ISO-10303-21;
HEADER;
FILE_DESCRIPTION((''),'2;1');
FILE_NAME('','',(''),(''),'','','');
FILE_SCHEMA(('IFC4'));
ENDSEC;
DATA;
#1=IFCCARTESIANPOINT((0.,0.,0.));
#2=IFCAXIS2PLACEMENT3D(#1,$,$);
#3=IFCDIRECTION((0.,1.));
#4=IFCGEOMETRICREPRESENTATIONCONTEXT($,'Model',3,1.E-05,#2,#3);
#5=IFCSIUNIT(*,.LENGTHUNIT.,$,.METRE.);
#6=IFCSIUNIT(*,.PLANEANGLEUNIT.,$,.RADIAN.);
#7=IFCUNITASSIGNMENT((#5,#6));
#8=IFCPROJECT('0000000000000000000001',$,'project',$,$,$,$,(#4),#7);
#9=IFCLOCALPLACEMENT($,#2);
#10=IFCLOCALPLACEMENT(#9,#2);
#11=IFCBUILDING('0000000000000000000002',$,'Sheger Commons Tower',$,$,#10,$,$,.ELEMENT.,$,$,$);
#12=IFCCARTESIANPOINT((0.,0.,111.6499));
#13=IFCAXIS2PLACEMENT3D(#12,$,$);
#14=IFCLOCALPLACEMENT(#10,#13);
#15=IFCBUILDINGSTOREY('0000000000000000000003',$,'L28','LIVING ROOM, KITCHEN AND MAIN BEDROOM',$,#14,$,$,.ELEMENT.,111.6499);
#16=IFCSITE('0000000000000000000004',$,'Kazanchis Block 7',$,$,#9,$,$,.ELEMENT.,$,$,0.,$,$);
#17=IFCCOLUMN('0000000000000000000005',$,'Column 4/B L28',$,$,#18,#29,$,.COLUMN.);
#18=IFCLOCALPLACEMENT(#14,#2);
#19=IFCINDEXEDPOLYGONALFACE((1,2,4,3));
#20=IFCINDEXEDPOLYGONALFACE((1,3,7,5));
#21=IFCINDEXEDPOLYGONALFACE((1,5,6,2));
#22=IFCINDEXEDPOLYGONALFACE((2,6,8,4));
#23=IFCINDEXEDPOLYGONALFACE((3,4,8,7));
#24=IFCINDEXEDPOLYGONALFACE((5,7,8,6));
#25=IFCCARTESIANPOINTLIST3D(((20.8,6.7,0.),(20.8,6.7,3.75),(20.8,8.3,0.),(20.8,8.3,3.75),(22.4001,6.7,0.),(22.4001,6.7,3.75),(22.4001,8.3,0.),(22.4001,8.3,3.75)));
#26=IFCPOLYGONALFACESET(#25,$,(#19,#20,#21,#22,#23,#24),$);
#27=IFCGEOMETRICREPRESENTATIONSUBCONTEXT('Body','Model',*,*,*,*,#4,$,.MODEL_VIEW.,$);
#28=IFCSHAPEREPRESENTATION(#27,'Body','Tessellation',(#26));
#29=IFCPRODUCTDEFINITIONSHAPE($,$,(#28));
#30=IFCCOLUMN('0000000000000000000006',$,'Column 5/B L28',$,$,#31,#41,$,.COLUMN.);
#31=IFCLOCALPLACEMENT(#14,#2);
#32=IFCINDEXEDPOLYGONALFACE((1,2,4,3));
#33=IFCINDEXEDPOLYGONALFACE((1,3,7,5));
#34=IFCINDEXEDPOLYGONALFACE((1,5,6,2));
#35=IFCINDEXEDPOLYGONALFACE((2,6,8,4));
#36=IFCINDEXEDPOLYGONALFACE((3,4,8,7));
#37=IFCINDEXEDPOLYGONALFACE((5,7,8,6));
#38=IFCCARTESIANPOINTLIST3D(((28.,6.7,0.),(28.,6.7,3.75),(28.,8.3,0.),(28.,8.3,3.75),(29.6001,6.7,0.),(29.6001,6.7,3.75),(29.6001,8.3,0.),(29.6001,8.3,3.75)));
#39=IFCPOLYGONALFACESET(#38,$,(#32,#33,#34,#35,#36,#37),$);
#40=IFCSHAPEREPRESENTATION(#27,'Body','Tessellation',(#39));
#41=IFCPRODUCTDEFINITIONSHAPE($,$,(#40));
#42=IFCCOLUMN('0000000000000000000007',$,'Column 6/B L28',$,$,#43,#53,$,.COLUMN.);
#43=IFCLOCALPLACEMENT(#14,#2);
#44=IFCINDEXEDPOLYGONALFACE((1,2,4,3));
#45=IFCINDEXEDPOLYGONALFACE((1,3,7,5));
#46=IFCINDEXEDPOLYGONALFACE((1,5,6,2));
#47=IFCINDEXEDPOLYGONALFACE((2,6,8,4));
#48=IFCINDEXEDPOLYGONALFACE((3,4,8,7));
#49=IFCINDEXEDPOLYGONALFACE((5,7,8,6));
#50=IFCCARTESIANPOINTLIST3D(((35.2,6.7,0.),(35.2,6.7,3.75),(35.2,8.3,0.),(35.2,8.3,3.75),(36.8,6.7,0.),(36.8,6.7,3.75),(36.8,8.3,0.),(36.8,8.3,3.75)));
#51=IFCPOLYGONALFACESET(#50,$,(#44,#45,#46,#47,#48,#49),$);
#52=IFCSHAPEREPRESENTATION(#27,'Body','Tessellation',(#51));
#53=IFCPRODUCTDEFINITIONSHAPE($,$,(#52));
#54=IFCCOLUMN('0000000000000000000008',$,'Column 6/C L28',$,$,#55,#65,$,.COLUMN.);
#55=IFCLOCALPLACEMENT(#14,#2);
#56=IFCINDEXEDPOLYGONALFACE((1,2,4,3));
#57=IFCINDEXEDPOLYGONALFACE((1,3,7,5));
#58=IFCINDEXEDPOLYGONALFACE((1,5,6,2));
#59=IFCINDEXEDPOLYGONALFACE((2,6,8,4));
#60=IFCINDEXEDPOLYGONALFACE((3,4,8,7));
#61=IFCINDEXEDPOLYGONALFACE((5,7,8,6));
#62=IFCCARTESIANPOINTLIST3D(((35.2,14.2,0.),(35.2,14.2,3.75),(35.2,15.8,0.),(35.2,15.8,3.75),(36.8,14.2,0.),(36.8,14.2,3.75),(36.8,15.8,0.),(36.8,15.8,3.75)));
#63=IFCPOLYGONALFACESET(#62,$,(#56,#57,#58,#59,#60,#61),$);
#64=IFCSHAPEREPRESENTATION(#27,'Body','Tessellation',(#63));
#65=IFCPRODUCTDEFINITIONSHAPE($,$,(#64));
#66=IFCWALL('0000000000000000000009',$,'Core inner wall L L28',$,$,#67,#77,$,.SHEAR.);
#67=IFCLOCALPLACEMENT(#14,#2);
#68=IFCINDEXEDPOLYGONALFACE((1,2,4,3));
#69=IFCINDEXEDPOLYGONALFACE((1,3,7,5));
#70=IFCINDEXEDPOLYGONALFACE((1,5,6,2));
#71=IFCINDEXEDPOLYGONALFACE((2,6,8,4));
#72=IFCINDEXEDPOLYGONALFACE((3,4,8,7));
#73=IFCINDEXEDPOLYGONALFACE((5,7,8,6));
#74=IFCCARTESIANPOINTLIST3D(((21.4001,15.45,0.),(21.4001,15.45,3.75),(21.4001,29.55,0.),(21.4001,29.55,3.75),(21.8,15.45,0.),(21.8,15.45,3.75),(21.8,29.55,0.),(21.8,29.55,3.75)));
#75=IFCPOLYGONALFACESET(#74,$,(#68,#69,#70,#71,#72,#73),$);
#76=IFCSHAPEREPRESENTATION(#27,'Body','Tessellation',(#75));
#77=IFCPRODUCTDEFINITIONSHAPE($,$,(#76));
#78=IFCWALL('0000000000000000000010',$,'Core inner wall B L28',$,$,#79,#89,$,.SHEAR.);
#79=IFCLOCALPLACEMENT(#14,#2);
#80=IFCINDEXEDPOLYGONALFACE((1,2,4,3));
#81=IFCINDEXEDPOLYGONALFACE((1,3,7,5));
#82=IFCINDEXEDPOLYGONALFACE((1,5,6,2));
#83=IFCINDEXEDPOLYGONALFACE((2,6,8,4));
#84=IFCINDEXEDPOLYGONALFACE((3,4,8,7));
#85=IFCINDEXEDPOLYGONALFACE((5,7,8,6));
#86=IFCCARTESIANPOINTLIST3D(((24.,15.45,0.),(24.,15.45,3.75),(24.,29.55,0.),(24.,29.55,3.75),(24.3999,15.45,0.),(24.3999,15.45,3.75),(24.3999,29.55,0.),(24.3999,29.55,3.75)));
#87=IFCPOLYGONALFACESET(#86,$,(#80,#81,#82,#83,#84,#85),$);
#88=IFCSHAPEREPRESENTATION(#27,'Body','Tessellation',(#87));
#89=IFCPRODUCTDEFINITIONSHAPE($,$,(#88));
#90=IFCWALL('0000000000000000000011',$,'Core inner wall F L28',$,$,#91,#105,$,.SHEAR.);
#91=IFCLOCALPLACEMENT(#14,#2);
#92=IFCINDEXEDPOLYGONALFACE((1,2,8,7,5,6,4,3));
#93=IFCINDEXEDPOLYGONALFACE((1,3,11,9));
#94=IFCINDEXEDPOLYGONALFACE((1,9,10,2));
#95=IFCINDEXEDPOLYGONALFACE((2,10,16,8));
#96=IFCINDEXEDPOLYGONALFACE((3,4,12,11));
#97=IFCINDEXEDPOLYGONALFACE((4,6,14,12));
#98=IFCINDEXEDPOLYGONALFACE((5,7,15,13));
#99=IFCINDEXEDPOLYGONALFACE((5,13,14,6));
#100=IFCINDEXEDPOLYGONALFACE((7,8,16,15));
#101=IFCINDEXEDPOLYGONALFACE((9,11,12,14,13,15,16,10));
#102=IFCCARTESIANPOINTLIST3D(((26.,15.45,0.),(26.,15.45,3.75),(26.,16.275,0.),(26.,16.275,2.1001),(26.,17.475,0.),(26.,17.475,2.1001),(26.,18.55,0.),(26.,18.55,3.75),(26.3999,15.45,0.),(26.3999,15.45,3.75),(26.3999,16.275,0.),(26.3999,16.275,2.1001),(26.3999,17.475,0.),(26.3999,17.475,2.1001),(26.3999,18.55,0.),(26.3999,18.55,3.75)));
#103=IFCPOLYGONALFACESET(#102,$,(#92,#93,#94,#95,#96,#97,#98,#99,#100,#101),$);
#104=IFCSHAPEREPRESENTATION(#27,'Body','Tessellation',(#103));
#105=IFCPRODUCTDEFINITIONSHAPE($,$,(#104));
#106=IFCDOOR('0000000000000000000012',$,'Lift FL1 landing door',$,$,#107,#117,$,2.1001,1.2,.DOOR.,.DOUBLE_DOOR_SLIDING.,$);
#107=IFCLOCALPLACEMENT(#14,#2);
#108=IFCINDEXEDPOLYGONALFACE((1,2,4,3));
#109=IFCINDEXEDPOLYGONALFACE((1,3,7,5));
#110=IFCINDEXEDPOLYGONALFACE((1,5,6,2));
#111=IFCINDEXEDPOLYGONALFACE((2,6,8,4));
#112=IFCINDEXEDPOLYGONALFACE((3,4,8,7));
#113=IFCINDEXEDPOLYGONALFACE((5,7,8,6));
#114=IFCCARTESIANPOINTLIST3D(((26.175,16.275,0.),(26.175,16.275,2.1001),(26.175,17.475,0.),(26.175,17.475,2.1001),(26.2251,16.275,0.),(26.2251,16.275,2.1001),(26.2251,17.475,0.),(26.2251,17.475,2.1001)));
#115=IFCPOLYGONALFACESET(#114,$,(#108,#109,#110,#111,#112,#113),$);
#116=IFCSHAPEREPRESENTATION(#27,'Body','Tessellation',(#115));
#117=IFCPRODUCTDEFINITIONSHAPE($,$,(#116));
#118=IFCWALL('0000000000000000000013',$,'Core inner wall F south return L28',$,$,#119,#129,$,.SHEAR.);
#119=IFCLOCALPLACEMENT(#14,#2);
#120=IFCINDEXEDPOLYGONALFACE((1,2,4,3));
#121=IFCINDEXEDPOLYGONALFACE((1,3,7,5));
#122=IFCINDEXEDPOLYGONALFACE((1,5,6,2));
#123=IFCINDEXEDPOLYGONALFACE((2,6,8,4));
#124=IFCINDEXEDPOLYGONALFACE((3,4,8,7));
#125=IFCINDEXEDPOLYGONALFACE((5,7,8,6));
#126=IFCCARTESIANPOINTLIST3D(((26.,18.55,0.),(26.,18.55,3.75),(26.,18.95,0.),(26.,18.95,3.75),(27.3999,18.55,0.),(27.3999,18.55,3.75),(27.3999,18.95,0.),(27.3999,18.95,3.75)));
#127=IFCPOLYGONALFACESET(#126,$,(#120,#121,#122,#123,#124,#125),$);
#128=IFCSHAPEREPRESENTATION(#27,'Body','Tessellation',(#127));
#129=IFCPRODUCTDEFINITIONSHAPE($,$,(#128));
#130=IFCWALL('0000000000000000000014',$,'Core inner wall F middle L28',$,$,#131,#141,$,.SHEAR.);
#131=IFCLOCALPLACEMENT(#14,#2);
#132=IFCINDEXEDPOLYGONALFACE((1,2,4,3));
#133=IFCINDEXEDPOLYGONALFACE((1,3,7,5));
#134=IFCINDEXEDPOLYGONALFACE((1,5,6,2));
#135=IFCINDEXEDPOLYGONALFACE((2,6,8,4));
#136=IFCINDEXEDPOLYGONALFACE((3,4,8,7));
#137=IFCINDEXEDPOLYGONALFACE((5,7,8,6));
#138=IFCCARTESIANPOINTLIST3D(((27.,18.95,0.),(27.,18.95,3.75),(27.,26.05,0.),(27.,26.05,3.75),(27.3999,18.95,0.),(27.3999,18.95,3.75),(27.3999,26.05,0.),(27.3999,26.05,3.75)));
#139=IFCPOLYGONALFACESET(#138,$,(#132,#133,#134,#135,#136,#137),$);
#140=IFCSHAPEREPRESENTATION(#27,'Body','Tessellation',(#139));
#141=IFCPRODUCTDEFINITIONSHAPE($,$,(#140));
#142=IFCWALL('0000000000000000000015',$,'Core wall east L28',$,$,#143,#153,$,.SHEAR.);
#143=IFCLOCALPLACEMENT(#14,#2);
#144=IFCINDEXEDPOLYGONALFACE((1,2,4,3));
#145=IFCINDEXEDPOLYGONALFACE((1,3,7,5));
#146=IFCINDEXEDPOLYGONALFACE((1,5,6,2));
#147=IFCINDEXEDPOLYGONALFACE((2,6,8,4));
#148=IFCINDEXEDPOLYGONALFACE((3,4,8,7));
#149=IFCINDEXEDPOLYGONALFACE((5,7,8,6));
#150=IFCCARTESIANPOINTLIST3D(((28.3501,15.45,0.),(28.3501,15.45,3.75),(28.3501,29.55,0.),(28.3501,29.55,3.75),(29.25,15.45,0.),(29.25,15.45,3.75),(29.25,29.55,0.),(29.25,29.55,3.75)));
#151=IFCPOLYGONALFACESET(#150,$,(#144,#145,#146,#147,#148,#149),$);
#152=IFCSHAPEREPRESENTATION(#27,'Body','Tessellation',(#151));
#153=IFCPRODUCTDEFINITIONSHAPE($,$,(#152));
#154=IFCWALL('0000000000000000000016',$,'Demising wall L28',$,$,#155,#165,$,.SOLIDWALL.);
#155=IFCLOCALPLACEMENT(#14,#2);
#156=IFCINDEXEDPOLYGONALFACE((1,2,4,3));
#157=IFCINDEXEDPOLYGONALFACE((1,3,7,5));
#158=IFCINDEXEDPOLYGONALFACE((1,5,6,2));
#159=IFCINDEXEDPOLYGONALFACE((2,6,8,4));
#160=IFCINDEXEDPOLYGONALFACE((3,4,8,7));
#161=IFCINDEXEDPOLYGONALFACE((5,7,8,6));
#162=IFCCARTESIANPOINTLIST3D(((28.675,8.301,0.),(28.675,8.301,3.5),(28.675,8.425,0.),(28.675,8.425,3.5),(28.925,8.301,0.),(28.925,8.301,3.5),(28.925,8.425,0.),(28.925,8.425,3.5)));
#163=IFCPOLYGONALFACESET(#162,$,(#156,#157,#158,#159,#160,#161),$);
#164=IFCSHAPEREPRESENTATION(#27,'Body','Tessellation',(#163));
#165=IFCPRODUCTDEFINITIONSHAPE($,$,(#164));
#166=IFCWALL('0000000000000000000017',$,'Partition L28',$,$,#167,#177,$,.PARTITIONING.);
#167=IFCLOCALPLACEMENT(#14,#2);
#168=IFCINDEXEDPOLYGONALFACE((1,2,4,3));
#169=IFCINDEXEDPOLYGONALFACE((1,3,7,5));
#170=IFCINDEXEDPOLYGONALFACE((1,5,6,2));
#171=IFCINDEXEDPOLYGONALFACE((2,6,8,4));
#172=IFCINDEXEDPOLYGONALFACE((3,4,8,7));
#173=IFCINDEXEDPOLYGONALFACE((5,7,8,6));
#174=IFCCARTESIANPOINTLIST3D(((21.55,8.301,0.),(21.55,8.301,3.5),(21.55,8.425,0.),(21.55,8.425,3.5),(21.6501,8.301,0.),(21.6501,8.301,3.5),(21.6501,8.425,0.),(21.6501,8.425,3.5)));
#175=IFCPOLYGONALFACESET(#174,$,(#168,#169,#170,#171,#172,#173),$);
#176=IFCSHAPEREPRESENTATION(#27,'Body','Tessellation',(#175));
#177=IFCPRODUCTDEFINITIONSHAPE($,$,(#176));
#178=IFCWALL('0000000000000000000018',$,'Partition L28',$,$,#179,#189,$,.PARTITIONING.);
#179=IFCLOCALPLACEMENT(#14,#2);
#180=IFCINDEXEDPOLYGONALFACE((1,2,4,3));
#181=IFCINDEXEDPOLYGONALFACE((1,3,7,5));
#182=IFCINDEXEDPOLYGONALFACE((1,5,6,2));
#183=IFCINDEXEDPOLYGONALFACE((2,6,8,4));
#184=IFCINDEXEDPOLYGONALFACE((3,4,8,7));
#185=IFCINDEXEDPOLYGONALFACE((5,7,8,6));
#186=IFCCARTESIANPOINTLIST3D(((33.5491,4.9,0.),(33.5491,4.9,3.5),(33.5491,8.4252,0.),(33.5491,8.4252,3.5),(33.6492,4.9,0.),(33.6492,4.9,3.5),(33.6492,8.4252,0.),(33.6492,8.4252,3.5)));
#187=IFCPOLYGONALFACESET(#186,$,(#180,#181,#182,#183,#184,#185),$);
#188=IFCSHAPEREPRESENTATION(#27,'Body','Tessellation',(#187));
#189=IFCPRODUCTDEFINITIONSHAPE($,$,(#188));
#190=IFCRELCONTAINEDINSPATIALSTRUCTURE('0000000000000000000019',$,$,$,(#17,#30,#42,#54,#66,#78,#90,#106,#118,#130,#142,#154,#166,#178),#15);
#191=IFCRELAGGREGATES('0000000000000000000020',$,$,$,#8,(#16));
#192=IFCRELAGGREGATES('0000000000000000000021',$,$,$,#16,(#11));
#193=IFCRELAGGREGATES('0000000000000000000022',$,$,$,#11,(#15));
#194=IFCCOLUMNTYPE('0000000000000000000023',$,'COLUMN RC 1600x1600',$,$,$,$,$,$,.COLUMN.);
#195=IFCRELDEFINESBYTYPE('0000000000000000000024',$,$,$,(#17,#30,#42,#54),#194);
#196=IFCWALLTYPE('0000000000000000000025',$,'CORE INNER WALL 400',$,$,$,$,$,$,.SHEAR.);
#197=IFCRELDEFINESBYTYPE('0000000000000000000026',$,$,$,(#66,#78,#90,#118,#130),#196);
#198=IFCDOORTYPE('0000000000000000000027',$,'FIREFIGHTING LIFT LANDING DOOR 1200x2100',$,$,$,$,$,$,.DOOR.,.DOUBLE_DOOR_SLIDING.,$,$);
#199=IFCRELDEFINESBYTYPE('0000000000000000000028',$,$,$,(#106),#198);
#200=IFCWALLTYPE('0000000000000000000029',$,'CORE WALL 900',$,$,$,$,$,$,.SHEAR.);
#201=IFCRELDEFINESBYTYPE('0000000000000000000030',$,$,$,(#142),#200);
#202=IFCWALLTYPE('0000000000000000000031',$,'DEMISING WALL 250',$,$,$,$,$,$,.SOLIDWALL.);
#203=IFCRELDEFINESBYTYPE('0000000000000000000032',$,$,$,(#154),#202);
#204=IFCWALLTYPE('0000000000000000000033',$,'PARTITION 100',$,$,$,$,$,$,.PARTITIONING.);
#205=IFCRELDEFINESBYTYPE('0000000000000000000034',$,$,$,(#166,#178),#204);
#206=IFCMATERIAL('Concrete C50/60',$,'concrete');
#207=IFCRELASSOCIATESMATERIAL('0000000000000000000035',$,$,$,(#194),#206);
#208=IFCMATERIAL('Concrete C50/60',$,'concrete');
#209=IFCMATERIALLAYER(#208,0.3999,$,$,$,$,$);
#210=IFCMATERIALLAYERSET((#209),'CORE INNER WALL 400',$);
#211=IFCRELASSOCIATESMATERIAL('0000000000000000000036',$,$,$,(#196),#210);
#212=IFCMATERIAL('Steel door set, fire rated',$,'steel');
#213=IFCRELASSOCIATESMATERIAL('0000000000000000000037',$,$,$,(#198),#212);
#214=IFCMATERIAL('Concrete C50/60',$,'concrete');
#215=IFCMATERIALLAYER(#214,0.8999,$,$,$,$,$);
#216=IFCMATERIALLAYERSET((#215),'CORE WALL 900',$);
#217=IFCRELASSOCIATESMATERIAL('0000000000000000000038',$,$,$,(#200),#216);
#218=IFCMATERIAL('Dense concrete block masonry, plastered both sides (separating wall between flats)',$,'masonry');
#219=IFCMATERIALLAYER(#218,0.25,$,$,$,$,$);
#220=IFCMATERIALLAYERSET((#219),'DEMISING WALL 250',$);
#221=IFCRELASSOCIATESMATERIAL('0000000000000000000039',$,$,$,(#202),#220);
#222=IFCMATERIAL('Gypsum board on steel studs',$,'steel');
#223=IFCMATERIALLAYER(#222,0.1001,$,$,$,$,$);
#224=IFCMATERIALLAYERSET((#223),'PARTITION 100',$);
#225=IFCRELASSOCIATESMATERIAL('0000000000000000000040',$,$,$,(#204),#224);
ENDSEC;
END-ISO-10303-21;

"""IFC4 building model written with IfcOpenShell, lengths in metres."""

from ifc_helpers import new_model, si_unit, direction, frame, frame_2d, origin, origin_2d, place, context, subcontext, project, spatial, rectangle, extrude, material, layer, layer_set, material_profile, profile_set, type_object, element, fill, save


model = new_model("IFC4")

# Units and contexts
model_context = context("Model", 3, precision=1e-05, world=origin(), true_north=direction((0.0, 1.0)))
body_context = subcontext(model_context, "Body", "Model", "MODEL_VIEW")
ifc_project = project(units=[si_unit("LENGTHUNIT", "METRE"), si_unit("PLANEANGLEUNIT", "RADIAN")], contexts=[model_context])

# Site, building, storey
site_placement = place(None, origin())
site = spatial("IfcSite", under=ifc_project, at=site_placement, Name="Kazanchis Block 7", CompositionType="ELEMENT", RefElevation=0.0)
building_placement = place(site_placement, origin())
building = spatial("IfcBuilding", under=site, at=building_placement, Name="Sheger Commons Tower", CompositionType="ELEMENT")
storey_placement = place(building_placement, frame((0.0, 0.0, 111.6499)))
storey = spatial("IfcBuildingStorey", under=building, at=storey_placement, Name="L28", Description="LIVING ROOM, KITCHEN AND MAIN BEDROOM", CompositionType="ELEMENT", Elevation=111.6499)

# Columns
ifc_material_1 = material(Name="Concrete C50/60", Category="concrete")
ifc_material_profile = material_profile(ifc_material_1, rectangle(XDim=1.6001, YDim=1.6001, at=origin_2d()), Name="RC 1600x1600")
ifc_profile_set = profile_set([ifc_material_profile], Name="Concrete C50/60")
column_type = type_object("IfcColumnType", Name="COLUMN RC 1600x1600", PredefinedType="COLUMN", material=ifc_profile_set)
for number, where, z_axis, x_axis, name in (
    (1, (21.6001, 7.5, 0.0), (0.0, 0.0, 1.0), (1.0, 0.0, 0.0), "Column 4/B L28"),
    (2, (28.8, 7.5, 0.0), (0.0, 0.0, 1.0), (1.0, 0.0, 0.0), "Column 5/B L28"),
    (3, (36.0, 7.5, 0.0), (0.0, 0.0, 1.0), (1.0, 0.0, 0.0), "Column 6/B L28"),
    (4, (36.0, 15.0, 0.0), (0.0, 0.0, 1.0), (1.0, 0.0, 0.0), "Column 6/C L28"),
):
    element("IfcColumn", number, at=place(storey_placement, frame(where, z_axis=z_axis, x_axis=x_axis)), inside=storey, type_object=column_type, Name=name, PredefinedType="COLUMN", context=body_context, shape_type="SweptSolid", body=[
        extrude(rectangle(XDim=1.6001, YDim=1.6001, at=origin_2d()), origin(), (0.0, 0.0, 1.0), 3.75),
    ])

# Walls
ifc_material_2 = material(Name="Concrete C50/60", Category="concrete")
ifc_layer_1 = layer(ifc_material_2, 0.3999)
ifc_layer_set_1 = layer_set([ifc_layer_1], Name="CORE INNER WALL 400")
wall_type_1 = type_object("IfcWallType", Name="CORE INNER WALL 400", PredefinedType="SHEAR", material=ifc_layer_set_1)
for number, where, z_axis, x_axis, name in (
    (5, (21.6001, 15.45, 0.0), (0.0, 0.0, 1.0), (0.0, 1.0, 0.0), "Core inner wall L L28"),
    (6, (24.2, 15.45, 0.0), (0.0, 0.0, 1.0), (0.0, 1.0, 0.0), "Core inner wall B L28"),
):
    element("IfcWall", number, at=place(storey_placement, frame(where, z_axis=z_axis, x_axis=x_axis)), inside=storey, type_object=wall_type_1, Name=name, PredefinedType="SHEAR", context=body_context, shape_type="SweptSolid", body=[
        extrude(rectangle(XDim=14.1001, YDim=0.3999, at=frame_2d((7.05, 0.0))), origin(), (0.0, 0.0, 1.0), 3.75),
    ])

# Wall, opening, door
wall_1_placement = place(storey_placement, frame((26.2, 15.45, 0.0), z_axis=(0.0, 0.0, 1.0), x_axis=(0.0, 1.0, 0.0)))
wall_1 = element("IfcWall", 7, at=wall_1_placement, inside=storey, type_object=wall_type_1, Name="Core inner wall F L28", PredefinedType="SHEAR", context=body_context, shape_type="SweptSolid", body=[
    extrude(rectangle(XDim=3.1001, YDim=0.3999, at=frame_2d((1.55, 0.0))), origin(), (0.0, 0.0, 1.0), 3.75),
])
opening_1_placement = place(wall_1_placement, frame((0.825, 0.0, 0.0)))
opening_1 = element("IfcOpeningElement", 8, at=opening_1_placement, cuts=wall_1, PredefinedType="OPENING", context=body_context, shape_type="SweptSolid", body=[
    extrude(rectangle(XDim=1.2, YDim=2.1001, at=frame_2d((0.6001, 1.05))), frame((0.0, 0.21, 0.0), z_axis=(0.0, -1.0, 0.0), x_axis=(1.0, 0.0, 0.0)), (0.0, 0.0, 1.0), 0.4199),
])
ifc_material_3 = material(Name="Steel door set, fire rated", Category="steel")
door_type_1 = type_object("IfcDoorType", Name="FIREFIGHTING LIFT LANDING DOOR 1200x2100", OperationType="DOUBLE_DOOR_SLIDING", PredefinedType="DOOR", material=ifc_material_3)
door_1_placement = place(opening_1_placement, origin())
door_1 = element("IfcDoor", 9, at=door_1_placement, inside=storey, type_object=door_type_1, Name="Lift FL1 landing door", OperationType="DOUBLE_DOOR_SLIDING", OverallHeight=2.1001, OverallWidth=1.2, PredefinedType="DOOR", context=body_context, shape_type="SweptSolid", body=[
    extrude(rectangle(XDim=1.2, YDim=2.1001, at=frame_2d((0.6001, 1.05))), frame((0.0, 0.0249, 0.0), z_axis=(0.0, -1.0, 0.0), x_axis=(1.0, 0.0, 0.0)), (0.0, 0.0, 1.0), 0.05),
])
fill(opening_1, door_1)

# Walls
wall_2_placement = place(storey_placement, frame((26.0, 18.75, 0.0), z_axis=(0.0, 0.0, 1.0), x_axis=(1.0, 0.0, 0.0)))
element("IfcWall", 10, at=wall_2_placement, inside=storey, type_object=wall_type_1, Name="Core inner wall F south return L28", PredefinedType="SHEAR", context=body_context, shape_type="SweptSolid", body=[
    extrude(rectangle(XDim=1.3999, YDim=0.3999, at=frame_2d((0.7, 0.0))), origin(), (0.0, 0.0, 1.0), 3.75),
])
wall_3_placement = place(storey_placement, frame((27.2, 18.95, 0.0), z_axis=(0.0, 0.0, 1.0), x_axis=(0.0, 1.0, 0.0)))
element("IfcWall", 11, at=wall_3_placement, inside=storey, type_object=wall_type_1, Name="Core inner wall F middle L28", PredefinedType="SHEAR", context=body_context, shape_type="SweptSolid", body=[
    extrude(rectangle(XDim=7.1001, YDim=0.3999, at=frame_2d((3.55, 0.0))), origin(), (0.0, 0.0, 1.0), 3.75),
])
ifc_material_4 = material(Name="Concrete C50/60", Category="concrete")
ifc_layer_2 = layer(ifc_material_4, 0.8999)
ifc_layer_set_2 = layer_set([ifc_layer_2], Name="CORE WALL 900")
wall_type_2 = type_object("IfcWallType", Name="CORE WALL 900", PredefinedType="SHEAR", material=ifc_layer_set_2)
wall_4_placement = place(storey_placement, frame((28.8, 15.45, 0.0), z_axis=(0.0, 0.0, 1.0), x_axis=(0.0, 1.0, 0.0)))
element("IfcWall", 12, at=wall_4_placement, inside=storey, type_object=wall_type_2, Name="Core wall east L28", PredefinedType="SHEAR", context=body_context, shape_type="SweptSolid", body=[
    extrude(rectangle(XDim=14.1001, YDim=0.8999, at=frame_2d((7.05, 0.0))), origin(), (0.0, 0.0, 1.0), 3.75),
])
ifc_material_5 = material(Name="Dense concrete block masonry, plastered both sides (separating wall between flats)", Category="masonry")
ifc_layer_3 = layer(ifc_material_5, 0.25)
ifc_layer_set_3 = layer_set([ifc_layer_3], Name="DEMISING WALL 250")
wall_type_3 = type_object("IfcWallType", Name="DEMISING WALL 250", PredefinedType="SOLIDWALL", material=ifc_layer_set_3)
wall_5_placement = place(storey_placement, frame((28.8, 8.301, 0.0), z_axis=(0.0, 0.0, 1.0), x_axis=(0.0, 1.0, 0.0)))
element("IfcWall", 13, at=wall_5_placement, inside=storey, type_object=wall_type_3, Name="Demising wall L28", PredefinedType="SOLIDWALL", context=body_context, shape_type="SweptSolid", body=[
    extrude(rectangle(XDim=0.124, YDim=0.25, at=frame_2d((0.062, 0.0))), origin(), (0.0, 0.0, 1.0), 3.5),
])
ifc_material_6 = material(Name="Gypsum board on steel studs", Category="steel")
ifc_layer_4 = layer(ifc_material_6, 0.1001)
ifc_layer_set_4 = layer_set([ifc_layer_4], Name="PARTITION 100")
wall_type_4 = type_object("IfcWallType", Name="PARTITION 100", PredefinedType="PARTITIONING", material=ifc_layer_set_4)
wall_6_placement = place(storey_placement, frame((21.6001, 8.301, 0.0), z_axis=(0.0, 0.0, 1.0), x_axis=(0.0, 1.0, 0.0)))
element("IfcWall", 14, at=wall_6_placement, inside=storey, type_object=wall_type_4, Name="Partition L28", PredefinedType="PARTITIONING", context=body_context, shape_type="SweptSolid", body=[
    extrude(rectangle(XDim=0.124, YDim=0.1001, at=frame_2d((0.062, 0.0))), origin(), (0.0, 0.0, 1.0), 3.5),
])
wall_7_placement = place(storey_placement, frame((33.5991, 4.8999, 0.0), z_axis=(0.0, 0.0, 1.0), x_axis=(0.0, 1.0, 0.0)))
element("IfcWall", 15, at=wall_7_placement, inside=storey, type_object=wall_type_4, Name="Partition L28", PredefinedType="PARTITIONING", context=body_context, shape_type="SweptSolid", body=[
    extrude(rectangle(XDim=3.5251, YDim=0.1001, at=frame_2d((1.7627, 0.0))), origin(), (0.0, 0.0, 1.0), 3.5),
])

save(model, "model.ifc")
